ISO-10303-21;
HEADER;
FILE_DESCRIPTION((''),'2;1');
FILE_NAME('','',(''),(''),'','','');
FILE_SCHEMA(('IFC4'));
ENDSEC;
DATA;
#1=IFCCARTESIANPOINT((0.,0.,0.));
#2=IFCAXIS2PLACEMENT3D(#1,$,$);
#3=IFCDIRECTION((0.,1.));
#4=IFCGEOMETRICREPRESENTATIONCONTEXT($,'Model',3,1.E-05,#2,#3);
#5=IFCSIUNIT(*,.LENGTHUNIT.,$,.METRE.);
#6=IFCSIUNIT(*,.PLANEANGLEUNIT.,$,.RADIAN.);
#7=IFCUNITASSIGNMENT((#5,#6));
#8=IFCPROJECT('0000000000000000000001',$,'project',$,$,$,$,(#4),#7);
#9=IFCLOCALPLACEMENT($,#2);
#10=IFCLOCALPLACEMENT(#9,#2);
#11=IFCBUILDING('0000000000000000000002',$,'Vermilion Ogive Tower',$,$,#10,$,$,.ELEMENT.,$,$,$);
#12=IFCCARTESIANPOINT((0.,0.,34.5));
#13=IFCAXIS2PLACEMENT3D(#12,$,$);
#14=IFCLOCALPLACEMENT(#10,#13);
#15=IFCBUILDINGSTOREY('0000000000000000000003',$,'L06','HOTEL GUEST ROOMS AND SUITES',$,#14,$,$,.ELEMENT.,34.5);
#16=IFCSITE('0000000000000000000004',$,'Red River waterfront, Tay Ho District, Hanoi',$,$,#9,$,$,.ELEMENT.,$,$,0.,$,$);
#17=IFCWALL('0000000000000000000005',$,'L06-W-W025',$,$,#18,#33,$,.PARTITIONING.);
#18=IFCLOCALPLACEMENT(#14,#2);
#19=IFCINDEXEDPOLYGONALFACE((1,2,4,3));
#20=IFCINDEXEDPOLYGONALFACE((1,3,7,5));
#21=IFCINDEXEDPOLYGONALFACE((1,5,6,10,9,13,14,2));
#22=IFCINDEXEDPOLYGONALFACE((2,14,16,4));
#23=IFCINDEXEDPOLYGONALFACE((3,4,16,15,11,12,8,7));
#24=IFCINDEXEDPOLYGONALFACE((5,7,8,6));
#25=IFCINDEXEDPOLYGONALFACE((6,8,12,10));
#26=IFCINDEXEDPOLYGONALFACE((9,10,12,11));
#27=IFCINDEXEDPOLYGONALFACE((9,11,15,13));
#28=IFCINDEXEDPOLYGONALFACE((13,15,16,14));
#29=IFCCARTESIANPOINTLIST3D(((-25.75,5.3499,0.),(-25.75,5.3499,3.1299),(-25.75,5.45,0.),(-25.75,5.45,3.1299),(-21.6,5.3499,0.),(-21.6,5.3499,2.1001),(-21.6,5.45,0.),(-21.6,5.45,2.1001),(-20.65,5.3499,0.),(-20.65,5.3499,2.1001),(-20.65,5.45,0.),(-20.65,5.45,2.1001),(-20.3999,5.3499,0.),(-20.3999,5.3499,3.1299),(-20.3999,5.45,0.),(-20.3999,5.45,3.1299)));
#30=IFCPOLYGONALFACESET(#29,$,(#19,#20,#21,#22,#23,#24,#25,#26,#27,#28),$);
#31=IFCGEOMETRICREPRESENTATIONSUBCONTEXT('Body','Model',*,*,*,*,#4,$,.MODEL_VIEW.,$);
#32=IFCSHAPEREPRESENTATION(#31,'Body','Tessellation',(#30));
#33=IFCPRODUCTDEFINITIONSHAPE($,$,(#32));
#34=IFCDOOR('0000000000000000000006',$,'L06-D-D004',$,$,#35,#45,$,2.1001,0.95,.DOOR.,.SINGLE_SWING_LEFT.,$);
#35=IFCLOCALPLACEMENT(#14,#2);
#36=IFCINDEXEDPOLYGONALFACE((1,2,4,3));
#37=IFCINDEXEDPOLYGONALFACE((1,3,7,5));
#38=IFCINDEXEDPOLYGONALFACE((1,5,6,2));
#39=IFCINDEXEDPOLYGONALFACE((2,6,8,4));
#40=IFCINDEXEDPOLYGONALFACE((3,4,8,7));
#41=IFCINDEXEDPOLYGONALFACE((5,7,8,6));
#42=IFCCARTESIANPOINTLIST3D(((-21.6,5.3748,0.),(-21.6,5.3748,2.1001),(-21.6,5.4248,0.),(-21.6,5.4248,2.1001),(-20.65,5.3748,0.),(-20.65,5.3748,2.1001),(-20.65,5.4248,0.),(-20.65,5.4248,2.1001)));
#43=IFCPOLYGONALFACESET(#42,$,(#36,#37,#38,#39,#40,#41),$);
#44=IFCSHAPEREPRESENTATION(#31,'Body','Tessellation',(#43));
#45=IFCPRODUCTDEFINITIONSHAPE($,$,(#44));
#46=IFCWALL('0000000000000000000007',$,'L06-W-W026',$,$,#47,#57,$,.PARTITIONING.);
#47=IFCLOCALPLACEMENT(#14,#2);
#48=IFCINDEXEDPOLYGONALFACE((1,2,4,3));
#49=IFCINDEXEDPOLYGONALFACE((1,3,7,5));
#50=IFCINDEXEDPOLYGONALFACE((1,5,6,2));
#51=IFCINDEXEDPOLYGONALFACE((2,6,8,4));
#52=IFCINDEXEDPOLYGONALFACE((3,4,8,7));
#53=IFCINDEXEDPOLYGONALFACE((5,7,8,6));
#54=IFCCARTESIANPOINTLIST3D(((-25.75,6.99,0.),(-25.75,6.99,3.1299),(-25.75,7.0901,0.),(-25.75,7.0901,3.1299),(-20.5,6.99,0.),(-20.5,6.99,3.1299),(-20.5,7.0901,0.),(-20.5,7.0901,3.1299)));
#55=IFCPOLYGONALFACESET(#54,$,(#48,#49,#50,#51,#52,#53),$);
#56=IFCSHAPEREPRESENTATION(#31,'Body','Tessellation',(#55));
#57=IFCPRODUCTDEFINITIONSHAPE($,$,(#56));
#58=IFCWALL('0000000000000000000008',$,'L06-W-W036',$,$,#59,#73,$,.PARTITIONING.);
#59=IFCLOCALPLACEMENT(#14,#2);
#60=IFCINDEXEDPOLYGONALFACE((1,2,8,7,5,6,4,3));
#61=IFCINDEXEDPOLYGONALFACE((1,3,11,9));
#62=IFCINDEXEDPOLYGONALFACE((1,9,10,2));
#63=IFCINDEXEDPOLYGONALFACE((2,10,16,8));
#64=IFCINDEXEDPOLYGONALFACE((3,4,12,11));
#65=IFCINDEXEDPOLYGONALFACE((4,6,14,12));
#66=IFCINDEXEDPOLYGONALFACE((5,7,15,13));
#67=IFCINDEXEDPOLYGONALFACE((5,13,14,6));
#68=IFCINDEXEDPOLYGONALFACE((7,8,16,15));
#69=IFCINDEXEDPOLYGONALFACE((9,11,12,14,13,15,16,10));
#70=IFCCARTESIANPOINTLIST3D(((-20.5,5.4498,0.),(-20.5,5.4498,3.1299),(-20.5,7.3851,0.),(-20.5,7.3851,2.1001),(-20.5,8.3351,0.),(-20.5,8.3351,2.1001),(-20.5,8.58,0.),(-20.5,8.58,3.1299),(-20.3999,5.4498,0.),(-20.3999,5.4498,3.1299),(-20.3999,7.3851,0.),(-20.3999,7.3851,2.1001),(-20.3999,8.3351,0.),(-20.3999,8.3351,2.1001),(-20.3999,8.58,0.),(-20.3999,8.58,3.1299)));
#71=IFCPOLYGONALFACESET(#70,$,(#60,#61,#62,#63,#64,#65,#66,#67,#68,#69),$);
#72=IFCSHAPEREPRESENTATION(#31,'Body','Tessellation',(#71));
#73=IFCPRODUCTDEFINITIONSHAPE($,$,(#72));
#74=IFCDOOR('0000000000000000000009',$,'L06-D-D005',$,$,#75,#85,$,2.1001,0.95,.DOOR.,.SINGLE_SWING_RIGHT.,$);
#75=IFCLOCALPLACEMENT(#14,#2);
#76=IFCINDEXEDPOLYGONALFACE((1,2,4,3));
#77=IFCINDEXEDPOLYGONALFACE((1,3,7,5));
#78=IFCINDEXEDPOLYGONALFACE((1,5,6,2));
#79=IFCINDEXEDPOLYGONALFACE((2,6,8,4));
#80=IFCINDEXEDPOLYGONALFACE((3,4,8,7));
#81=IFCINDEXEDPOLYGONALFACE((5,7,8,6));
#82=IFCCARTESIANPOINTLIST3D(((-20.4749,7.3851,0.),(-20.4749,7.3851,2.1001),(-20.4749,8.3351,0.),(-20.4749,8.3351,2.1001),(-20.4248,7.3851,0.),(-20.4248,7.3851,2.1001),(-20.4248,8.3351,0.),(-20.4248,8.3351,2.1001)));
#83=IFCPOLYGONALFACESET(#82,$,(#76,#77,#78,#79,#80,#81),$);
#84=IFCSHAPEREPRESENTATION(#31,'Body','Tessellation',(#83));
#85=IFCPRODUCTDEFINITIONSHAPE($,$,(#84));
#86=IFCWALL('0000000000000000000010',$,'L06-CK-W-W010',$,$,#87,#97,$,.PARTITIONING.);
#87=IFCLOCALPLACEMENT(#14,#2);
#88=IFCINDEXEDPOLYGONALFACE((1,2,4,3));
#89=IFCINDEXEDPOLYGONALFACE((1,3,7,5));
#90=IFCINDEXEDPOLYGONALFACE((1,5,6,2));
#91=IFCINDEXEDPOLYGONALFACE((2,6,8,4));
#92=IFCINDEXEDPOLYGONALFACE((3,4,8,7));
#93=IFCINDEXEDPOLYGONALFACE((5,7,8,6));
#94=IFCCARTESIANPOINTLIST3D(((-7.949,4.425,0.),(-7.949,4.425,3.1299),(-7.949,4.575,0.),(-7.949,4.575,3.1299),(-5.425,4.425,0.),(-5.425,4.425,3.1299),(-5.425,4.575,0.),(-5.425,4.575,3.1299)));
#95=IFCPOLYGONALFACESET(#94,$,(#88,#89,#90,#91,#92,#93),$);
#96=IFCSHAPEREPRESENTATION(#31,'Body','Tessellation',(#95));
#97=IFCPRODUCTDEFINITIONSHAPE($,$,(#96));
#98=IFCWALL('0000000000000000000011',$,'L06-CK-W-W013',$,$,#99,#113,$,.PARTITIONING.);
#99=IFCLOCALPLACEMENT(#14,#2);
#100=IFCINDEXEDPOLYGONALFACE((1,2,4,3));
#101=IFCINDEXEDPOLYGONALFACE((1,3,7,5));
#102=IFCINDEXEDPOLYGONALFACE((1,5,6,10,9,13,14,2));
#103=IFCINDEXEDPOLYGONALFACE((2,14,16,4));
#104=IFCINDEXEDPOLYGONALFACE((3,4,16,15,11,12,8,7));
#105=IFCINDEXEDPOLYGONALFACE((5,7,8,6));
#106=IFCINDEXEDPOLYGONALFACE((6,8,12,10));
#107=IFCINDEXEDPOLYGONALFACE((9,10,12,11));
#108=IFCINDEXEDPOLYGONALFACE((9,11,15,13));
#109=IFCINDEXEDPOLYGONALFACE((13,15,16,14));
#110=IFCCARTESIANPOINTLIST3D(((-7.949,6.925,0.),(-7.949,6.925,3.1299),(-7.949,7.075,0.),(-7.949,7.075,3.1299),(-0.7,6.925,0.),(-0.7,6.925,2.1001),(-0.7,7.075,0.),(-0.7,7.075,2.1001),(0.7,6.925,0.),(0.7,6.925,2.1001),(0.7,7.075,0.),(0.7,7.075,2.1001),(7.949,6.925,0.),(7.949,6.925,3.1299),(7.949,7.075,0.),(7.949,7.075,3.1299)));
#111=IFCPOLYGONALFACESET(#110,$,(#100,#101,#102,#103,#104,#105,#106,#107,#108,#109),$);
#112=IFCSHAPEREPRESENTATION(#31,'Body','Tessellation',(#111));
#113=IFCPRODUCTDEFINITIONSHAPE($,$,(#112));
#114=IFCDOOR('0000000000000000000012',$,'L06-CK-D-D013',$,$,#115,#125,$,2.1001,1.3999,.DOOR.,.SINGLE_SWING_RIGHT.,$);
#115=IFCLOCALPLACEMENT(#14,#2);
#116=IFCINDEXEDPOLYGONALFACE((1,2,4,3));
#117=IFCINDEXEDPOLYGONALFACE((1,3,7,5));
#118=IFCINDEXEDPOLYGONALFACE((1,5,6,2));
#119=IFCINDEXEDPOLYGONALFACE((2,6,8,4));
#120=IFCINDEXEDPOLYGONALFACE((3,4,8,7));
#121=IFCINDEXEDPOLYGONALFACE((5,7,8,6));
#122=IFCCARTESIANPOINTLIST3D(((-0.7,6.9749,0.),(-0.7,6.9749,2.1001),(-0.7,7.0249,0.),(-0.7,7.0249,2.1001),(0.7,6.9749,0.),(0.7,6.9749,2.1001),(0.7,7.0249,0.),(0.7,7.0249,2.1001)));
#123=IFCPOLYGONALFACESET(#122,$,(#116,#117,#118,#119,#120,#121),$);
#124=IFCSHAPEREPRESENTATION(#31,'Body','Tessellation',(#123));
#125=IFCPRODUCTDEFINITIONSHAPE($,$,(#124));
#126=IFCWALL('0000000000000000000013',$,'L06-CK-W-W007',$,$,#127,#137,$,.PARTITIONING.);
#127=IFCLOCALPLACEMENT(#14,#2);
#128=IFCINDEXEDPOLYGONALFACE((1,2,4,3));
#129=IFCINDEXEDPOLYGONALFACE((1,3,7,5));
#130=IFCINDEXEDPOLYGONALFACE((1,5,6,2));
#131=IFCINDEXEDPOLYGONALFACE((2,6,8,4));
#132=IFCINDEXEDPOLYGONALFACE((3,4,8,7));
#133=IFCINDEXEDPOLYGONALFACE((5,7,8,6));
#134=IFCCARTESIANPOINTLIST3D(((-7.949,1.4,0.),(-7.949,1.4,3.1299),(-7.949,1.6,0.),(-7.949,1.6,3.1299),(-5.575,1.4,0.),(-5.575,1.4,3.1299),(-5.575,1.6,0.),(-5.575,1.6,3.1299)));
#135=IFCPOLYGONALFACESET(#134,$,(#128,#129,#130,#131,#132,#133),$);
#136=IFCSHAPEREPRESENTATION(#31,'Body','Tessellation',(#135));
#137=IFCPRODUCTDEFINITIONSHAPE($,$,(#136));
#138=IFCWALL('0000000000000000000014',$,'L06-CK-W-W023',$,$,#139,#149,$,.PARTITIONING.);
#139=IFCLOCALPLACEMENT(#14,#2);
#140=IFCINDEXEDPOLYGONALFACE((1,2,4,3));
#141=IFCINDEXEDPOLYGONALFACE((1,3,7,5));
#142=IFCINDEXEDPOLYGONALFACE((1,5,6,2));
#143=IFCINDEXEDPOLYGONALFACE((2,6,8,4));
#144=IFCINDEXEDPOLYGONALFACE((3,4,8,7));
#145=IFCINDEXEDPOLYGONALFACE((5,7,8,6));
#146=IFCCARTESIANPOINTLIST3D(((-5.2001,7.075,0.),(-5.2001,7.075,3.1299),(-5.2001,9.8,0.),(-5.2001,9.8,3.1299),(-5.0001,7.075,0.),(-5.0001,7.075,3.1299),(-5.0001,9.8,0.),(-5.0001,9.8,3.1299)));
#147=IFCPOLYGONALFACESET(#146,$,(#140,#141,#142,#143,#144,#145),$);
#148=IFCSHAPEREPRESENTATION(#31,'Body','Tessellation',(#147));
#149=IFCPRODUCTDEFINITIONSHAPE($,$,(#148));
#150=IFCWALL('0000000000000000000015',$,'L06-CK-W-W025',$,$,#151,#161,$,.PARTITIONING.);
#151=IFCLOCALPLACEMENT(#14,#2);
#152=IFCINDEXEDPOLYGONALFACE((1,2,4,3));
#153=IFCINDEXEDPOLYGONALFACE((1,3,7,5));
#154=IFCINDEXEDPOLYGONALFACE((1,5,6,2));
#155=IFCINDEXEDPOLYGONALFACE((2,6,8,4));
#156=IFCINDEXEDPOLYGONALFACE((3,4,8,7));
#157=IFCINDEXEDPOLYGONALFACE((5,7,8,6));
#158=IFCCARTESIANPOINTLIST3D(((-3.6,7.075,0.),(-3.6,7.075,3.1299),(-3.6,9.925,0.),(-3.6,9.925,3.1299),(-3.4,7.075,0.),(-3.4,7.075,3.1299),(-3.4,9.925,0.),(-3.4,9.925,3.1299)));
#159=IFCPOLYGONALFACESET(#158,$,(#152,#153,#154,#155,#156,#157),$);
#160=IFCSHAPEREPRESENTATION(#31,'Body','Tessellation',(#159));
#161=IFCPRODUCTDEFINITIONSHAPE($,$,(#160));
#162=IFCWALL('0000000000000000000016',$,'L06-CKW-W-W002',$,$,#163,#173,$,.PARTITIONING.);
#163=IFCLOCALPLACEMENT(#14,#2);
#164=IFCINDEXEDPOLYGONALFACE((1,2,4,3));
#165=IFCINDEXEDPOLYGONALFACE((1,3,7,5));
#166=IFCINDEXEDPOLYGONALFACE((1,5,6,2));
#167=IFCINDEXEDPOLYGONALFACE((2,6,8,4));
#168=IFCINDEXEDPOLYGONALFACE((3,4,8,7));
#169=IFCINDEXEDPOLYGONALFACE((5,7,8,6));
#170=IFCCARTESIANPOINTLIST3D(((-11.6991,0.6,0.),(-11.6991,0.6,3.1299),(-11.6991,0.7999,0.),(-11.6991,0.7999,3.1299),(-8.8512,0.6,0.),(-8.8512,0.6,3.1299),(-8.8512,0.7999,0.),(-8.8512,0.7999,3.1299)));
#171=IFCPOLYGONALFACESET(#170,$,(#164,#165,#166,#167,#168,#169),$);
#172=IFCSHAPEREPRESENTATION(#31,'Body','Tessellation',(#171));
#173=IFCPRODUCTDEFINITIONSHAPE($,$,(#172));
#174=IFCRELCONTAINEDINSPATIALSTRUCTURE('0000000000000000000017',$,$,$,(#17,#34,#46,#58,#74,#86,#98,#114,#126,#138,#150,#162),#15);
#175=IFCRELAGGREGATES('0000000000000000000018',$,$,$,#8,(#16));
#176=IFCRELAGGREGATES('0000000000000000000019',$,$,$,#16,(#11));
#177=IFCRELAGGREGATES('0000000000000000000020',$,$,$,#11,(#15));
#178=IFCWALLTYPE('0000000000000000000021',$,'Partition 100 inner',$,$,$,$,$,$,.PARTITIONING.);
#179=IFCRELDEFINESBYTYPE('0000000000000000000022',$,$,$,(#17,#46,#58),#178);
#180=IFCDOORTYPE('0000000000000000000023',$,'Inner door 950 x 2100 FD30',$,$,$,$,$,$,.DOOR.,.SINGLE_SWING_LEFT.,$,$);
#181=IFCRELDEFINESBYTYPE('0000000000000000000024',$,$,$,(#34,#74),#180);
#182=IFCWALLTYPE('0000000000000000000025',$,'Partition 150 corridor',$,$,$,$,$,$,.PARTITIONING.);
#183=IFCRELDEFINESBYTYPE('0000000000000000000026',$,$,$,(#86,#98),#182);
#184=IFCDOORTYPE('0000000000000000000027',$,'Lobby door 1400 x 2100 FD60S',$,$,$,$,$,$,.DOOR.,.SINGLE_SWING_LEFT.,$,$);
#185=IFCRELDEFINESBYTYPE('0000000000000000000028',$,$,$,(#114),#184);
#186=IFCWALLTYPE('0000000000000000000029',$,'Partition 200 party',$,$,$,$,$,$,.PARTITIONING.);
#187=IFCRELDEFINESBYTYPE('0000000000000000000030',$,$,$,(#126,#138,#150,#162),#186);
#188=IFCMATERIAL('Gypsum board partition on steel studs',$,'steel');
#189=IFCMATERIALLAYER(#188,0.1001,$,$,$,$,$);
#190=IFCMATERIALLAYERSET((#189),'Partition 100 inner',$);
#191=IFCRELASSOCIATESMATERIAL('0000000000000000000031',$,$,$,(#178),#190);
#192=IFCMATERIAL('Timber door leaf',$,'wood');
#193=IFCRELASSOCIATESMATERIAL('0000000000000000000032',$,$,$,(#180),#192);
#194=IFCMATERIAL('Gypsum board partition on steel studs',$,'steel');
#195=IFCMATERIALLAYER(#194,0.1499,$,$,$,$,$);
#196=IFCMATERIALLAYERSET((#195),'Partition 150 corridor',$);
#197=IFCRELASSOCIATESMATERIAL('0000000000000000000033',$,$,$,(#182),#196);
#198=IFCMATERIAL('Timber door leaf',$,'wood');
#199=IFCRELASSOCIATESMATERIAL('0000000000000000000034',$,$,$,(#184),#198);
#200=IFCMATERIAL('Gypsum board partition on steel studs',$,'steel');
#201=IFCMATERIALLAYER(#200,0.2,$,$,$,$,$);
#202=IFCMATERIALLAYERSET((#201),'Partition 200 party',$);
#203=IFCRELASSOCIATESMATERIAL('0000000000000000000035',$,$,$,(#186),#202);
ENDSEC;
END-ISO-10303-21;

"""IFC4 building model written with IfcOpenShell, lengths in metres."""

from ifc_helpers import new_model, si_unit, direction, frame, frame_2d, origin, place, context, subcontext, project, spatial, rectangle, extrude, material, layer, layer_set, type_object, element, fill, save


model = new_model("IFC4")

# Units and contexts
model_context = context("Model", 3, precision=1e-05, world=origin(), true_north=direction((0.0, 1.0)))
body_context = subcontext(model_context, "Body", "Model", "MODEL_VIEW")
ifc_project = project(units=[si_unit("LENGTHUNIT", "METRE"), si_unit("PLANEANGLEUNIT", "RADIAN")], contexts=[model_context])

# Site, building, storey
site_placement = place(None, origin())
site = spatial("IfcSite", under=ifc_project, at=site_placement, Name="Red River waterfront, Tay Ho District, Hanoi", CompositionType="ELEMENT", RefElevation=0.0)
building_placement = place(site_placement, origin())
building = spatial("IfcBuilding", under=site, at=building_placement, Name="Vermilion Ogive Tower", CompositionType="ELEMENT")
storey_placement = place(building_placement, frame((0.0, 0.0, 34.5)))
storey = spatial("IfcBuildingStorey", under=building, at=storey_placement, Name="L06", Description="HOTEL GUEST ROOMS AND SUITES", CompositionType="ELEMENT", Elevation=34.5)

# Wall, opening, door
ifc_material_1 = material(Name="Gypsum board partition on steel studs", Category="steel")
ifc_layer_1 = layer(ifc_material_1, 0.1001)
ifc_layer_set_1 = layer_set([ifc_layer_1], Name="Partition 100 inner")
wall_type_1 = type_object("IfcWallType", Name="Partition 100 inner", PredefinedType="PARTITIONING", material=ifc_layer_set_1)
ifc_material_2 = material(Name="Timber door leaf", Category="wood")
door_type_1 = type_object("IfcDoorType", Name="Inner door 950 x 2100 FD30", OperationType="SINGLE_SWING_LEFT", PredefinedType="DOOR", material=ifc_material_2)
wall_1_placement = place(storey_placement, frame((-25.75, 5.3999, 0.0), z_axis=(0.0, 0.0, 1.0), x_axis=(1.0, 0.0, 0.0)))
wall_1 = element("IfcWall", 1, at=wall_1_placement, inside=storey, type_object=wall_type_1, Name="L06-W-W025", PredefinedType="PARTITIONING", context=body_context, shape_type="SweptSolid", body=[
    extrude(rectangle(XDim=5.3501, YDim=0.1001, at=frame_2d((2.675, 0.0))), origin(), (0.0, 0.0, 1.0), 3.1299),
])
opening_1_placement = place(wall_1_placement, frame((4.1499, 0.0, 0.0)))
opening_1 = element("IfcOpeningElement", 2, at=opening_1_placement, cuts=wall_1, PredefinedType="OPENING", context=body_context, shape_type="SweptSolid", body=[
    extrude(rectangle(XDim=0.95, YDim=2.1001, at=frame_2d((0.4751, 1.05))), frame((0.0, 0.0601, 0.0), z_axis=(0.0, -1.0, 0.0), x_axis=(1.0, 0.0, 0.0)), (0.0, 0.0, 1.0), 0.1201),
])
door_1_placement = place(opening_1_placement, origin())
door_1 = element("IfcDoor", 3, at=door_1_placement, inside=storey, type_object=door_type_1, Name="L06-D-D004", OperationType="SINGLE_SWING_LEFT", OverallHeight=2.1001, OverallWidth=0.95, PredefinedType="DOOR", context=body_context, shape_type="SweptSolid", body=[
    extrude(rectangle(XDim=0.95, YDim=2.1001, at=frame_2d((0.4751, 1.05))), frame((0.0, 0.0249, 0.0), z_axis=(0.0, -1.0, 0.0), x_axis=(1.0, 0.0, 0.0)), (0.0, 0.0, 1.0), 0.05),
])
fill(opening_1, door_1)

# Wall
wall_2_placement = place(storey_placement, frame((-25.75, 7.04, 0.0), z_axis=(0.0, 0.0, 1.0), x_axis=(1.0, 0.0, 0.0)))
element("IfcWall", 4, at=wall_2_placement, inside=storey, type_object=wall_type_1, Name="L06-W-W026", PredefinedType="PARTITIONING", context=body_context, shape_type="SweptSolid", body=[
    extrude(rectangle(XDim=5.25, YDim=0.1001, at=frame_2d((2.625, 0.0))), origin(), (0.0, 0.0, 1.0), 3.1299),
])

# Wall, opening, door
wall_3_placement = place(storey_placement, frame((-20.45, 5.45, 0.0), z_axis=(0.0, 0.0, 1.0), x_axis=(0.0, 1.0, 0.0)))
wall_3 = element("IfcWall", 5, at=wall_3_placement, inside=storey, type_object=wall_type_1, Name="L06-W-W036", PredefinedType="PARTITIONING", context=body_context, shape_type="SweptSolid", body=[
    extrude(rectangle(XDim=3.1301, YDim=0.1001, at=frame_2d((1.5649, 0.0))), origin(), (0.0, 0.0, 1.0), 3.1299),
])
opening_2_placement = place(wall_3_placement, frame((1.9351, 0.0, 0.0)))
opening_2 = element("IfcOpeningElement", 6, at=opening_2_placement, cuts=wall_3, PredefinedType="OPENING", context=body_context, shape_type="SweptSolid", body=[
    extrude(rectangle(XDim=0.95, YDim=2.1001, at=frame_2d((0.4751, 1.05))), frame((0.0, 0.0601, 0.0), z_axis=(0.0, -1.0, 0.0), x_axis=(1.0, 0.0, 0.0)), (0.0, 0.0, 1.0), 0.1201),
])
door_2_placement = place(opening_2_placement, origin())
door_2 = element("IfcDoor", 7, at=door_2_placement, inside=storey, type_object=door_type_1, Name="L06-D-D005", OperationType="SINGLE_SWING_RIGHT", OverallHeight=2.1001, OverallWidth=0.95, PredefinedType="DOOR", context=body_context, shape_type="SweptSolid", body=[
    extrude(rectangle(XDim=0.95, YDim=2.1001, at=frame_2d((0.4751, 1.05))), frame((0.0, 0.0249, 0.0), z_axis=(0.0, -1.0, 0.0), x_axis=(1.0, 0.0, 0.0)), (0.0, 0.0, 1.0), 0.05),
])
fill(opening_2, door_2)

# Wall
ifc_material_3 = material(Name="Gypsum board partition on steel studs", Category="steel")
ifc_layer_2 = layer(ifc_material_3, 0.1499)
ifc_layer_set_2 = layer_set([ifc_layer_2], Name="Partition 150 corridor")
wall_type_2 = type_object("IfcWallType", Name="Partition 150 corridor", PredefinedType="PARTITIONING", material=ifc_layer_set_2)
wall_4_placement = place(storey_placement, frame((-7.949, 4.5, 0.0), z_axis=(0.0, 0.0, 1.0), x_axis=(1.0, 0.0, 0.0)))
element("IfcWall", 8, at=wall_4_placement, inside=storey, type_object=wall_type_2, Name="L06-CK-W-W010", PredefinedType="PARTITIONING", context=body_context, shape_type="SweptSolid", body=[
    extrude(rectangle(XDim=2.5239, YDim=0.1499, at=frame_2d((1.262, 0.0))), origin(), (0.0, 0.0, 1.0), 3.1299),
])

# Wall, opening, door
wall_5_placement = place(storey_placement, frame((-7.949, 7.0, 0.0), z_axis=(0.0, 0.0, 1.0), x_axis=(1.0, 0.0, 0.0)))
wall_5 = element("IfcWall", 9, at=wall_5_placement, inside=storey, type_object=wall_type_2, Name="L06-CK-W-W013", PredefinedType="PARTITIONING", context=body_context, shape_type="SweptSolid", body=[
    extrude(rectangle(XDim=15.8979, YDim=0.1499, at=frame_2d((7.949, 0.0))), origin(), (0.0, 0.0, 1.0), 3.1299),
])
opening_3_placement = place(wall_5_placement, frame((7.249, 0.0, 0.0)))
opening_3 = element("IfcOpeningElement", 10, at=opening_3_placement, cuts=wall_5, PredefinedType="OPENING", context=body_context, shape_type="SweptSolid", body=[
    extrude(rectangle(XDim=1.3999, YDim=2.1001, at=frame_2d((0.7, 1.05))), frame((0.0, 0.085, 0.0), z_axis=(0.0, -1.0, 0.0), x_axis=(1.0, 0.0, 0.0)), (0.0, 0.0, 1.0), 0.1699),
])
ifc_material_4 = material(Name="Timber door leaf", Category="wood")
door_type_2 = type_object("IfcDoorType", Name="Lobby door 1400 x 2100 FD60S", OperationType="SINGLE_SWING_LEFT", PredefinedType="DOOR", material=ifc_material_4)
door_3_placement = place(opening_3_placement, origin())
door_3 = element("IfcDoor", 11, at=door_3_placement, inside=storey, type_object=door_type_2, Name="L06-CK-D-D013", OperationType="SINGLE_SWING_RIGHT", OverallHeight=2.1001, OverallWidth=1.3999, PredefinedType="DOOR", context=body_context, shape_type="SweptSolid", body=[
    extrude(rectangle(XDim=1.3999, YDim=2.1001, at=frame_2d((0.7, 1.05))), frame((0.0, 0.0249, 0.0), z_axis=(0.0, -1.0, 0.0), x_axis=(1.0, 0.0, 0.0)), (0.0, 0.0, 1.0), 0.05),
])
fill(opening_3, door_3)

# Walls
ifc_material_5 = material(Name="Gypsum board partition on steel studs", Category="steel")
ifc_layer_3 = layer(ifc_material_5, 0.2)
ifc_layer_set_3 = layer_set([ifc_layer_3], Name="Partition 200 party")
wall_type_3 = type_object("IfcWallType", Name="Partition 200 party", PredefinedType="PARTITIONING", material=ifc_layer_set_3)
wall_6_placement = place(storey_placement, frame((-7.949, 1.5, 0.0), z_axis=(0.0, 0.0, 1.0), x_axis=(1.0, 0.0, 0.0)))
element("IfcWall", 12, at=wall_6_placement, inside=storey, type_object=wall_type_3, Name="L06-CK-W-W007", PredefinedType="PARTITIONING", context=body_context, shape_type="SweptSolid", body=[
    extrude(rectangle(XDim=2.374, YDim=0.2, at=frame_2d((1.187, 0.0))), origin(), (0.0, 0.0, 1.0), 3.1299),
])
wall_7_placement = place(storey_placement, frame((-5.1001, 7.075, 0.0), z_axis=(0.0, 0.0, 1.0), x_axis=(0.0, 1.0, 0.0)))
element("IfcWall", 13, at=wall_7_placement, inside=storey, type_object=wall_type_3, Name="L06-CK-W-W023", PredefinedType="PARTITIONING", context=body_context, shape_type="SweptSolid", body=[
    extrude(rectangle(XDim=2.7251, YDim=0.2, at=frame_2d((1.3625, 0.0))), origin(), (0.0, 0.0, 1.0), 3.1299),
])
wall_8_placement = place(storey_placement, frame((-3.5, 7.075, 0.0), z_axis=(0.0, 0.0, 1.0), x_axis=(0.0, 1.0, 0.0)))
element("IfcWall", 14, at=wall_8_placement, inside=storey, type_object=wall_type_3, Name="L06-CK-W-W025", PredefinedType="PARTITIONING", context=body_context, shape_type="SweptSolid", body=[
    extrude(rectangle(XDim=2.8501, YDim=0.2, at=frame_2d((1.425, 0.0))), origin(), (0.0, 0.0, 1.0), 3.1299),
])
for number, where, z_axis, x_axis, name in (
    (15, (-11.699, 0.7, 0.0), (0.0, 0.0, 1.0), (1.0, 0.0, 0.0), "L06-CKW-W-W002"),
):
    element("IfcWall", number, at=place(storey_placement, frame(where, z_axis=z_axis, x_axis=x_axis)), inside=storey, type_object=wall_type_3, Name=name, PredefinedType="PARTITIONING", context=body_context, shape_type="SweptSolid", body=[
        extrude(rectangle(XDim=2.8479, YDim=0.2, at=frame_2d((1.4238, 0.0))), origin(), (0.0, 0.0, 1.0), 3.1299),
    ])

save(model, "model.ifc")
